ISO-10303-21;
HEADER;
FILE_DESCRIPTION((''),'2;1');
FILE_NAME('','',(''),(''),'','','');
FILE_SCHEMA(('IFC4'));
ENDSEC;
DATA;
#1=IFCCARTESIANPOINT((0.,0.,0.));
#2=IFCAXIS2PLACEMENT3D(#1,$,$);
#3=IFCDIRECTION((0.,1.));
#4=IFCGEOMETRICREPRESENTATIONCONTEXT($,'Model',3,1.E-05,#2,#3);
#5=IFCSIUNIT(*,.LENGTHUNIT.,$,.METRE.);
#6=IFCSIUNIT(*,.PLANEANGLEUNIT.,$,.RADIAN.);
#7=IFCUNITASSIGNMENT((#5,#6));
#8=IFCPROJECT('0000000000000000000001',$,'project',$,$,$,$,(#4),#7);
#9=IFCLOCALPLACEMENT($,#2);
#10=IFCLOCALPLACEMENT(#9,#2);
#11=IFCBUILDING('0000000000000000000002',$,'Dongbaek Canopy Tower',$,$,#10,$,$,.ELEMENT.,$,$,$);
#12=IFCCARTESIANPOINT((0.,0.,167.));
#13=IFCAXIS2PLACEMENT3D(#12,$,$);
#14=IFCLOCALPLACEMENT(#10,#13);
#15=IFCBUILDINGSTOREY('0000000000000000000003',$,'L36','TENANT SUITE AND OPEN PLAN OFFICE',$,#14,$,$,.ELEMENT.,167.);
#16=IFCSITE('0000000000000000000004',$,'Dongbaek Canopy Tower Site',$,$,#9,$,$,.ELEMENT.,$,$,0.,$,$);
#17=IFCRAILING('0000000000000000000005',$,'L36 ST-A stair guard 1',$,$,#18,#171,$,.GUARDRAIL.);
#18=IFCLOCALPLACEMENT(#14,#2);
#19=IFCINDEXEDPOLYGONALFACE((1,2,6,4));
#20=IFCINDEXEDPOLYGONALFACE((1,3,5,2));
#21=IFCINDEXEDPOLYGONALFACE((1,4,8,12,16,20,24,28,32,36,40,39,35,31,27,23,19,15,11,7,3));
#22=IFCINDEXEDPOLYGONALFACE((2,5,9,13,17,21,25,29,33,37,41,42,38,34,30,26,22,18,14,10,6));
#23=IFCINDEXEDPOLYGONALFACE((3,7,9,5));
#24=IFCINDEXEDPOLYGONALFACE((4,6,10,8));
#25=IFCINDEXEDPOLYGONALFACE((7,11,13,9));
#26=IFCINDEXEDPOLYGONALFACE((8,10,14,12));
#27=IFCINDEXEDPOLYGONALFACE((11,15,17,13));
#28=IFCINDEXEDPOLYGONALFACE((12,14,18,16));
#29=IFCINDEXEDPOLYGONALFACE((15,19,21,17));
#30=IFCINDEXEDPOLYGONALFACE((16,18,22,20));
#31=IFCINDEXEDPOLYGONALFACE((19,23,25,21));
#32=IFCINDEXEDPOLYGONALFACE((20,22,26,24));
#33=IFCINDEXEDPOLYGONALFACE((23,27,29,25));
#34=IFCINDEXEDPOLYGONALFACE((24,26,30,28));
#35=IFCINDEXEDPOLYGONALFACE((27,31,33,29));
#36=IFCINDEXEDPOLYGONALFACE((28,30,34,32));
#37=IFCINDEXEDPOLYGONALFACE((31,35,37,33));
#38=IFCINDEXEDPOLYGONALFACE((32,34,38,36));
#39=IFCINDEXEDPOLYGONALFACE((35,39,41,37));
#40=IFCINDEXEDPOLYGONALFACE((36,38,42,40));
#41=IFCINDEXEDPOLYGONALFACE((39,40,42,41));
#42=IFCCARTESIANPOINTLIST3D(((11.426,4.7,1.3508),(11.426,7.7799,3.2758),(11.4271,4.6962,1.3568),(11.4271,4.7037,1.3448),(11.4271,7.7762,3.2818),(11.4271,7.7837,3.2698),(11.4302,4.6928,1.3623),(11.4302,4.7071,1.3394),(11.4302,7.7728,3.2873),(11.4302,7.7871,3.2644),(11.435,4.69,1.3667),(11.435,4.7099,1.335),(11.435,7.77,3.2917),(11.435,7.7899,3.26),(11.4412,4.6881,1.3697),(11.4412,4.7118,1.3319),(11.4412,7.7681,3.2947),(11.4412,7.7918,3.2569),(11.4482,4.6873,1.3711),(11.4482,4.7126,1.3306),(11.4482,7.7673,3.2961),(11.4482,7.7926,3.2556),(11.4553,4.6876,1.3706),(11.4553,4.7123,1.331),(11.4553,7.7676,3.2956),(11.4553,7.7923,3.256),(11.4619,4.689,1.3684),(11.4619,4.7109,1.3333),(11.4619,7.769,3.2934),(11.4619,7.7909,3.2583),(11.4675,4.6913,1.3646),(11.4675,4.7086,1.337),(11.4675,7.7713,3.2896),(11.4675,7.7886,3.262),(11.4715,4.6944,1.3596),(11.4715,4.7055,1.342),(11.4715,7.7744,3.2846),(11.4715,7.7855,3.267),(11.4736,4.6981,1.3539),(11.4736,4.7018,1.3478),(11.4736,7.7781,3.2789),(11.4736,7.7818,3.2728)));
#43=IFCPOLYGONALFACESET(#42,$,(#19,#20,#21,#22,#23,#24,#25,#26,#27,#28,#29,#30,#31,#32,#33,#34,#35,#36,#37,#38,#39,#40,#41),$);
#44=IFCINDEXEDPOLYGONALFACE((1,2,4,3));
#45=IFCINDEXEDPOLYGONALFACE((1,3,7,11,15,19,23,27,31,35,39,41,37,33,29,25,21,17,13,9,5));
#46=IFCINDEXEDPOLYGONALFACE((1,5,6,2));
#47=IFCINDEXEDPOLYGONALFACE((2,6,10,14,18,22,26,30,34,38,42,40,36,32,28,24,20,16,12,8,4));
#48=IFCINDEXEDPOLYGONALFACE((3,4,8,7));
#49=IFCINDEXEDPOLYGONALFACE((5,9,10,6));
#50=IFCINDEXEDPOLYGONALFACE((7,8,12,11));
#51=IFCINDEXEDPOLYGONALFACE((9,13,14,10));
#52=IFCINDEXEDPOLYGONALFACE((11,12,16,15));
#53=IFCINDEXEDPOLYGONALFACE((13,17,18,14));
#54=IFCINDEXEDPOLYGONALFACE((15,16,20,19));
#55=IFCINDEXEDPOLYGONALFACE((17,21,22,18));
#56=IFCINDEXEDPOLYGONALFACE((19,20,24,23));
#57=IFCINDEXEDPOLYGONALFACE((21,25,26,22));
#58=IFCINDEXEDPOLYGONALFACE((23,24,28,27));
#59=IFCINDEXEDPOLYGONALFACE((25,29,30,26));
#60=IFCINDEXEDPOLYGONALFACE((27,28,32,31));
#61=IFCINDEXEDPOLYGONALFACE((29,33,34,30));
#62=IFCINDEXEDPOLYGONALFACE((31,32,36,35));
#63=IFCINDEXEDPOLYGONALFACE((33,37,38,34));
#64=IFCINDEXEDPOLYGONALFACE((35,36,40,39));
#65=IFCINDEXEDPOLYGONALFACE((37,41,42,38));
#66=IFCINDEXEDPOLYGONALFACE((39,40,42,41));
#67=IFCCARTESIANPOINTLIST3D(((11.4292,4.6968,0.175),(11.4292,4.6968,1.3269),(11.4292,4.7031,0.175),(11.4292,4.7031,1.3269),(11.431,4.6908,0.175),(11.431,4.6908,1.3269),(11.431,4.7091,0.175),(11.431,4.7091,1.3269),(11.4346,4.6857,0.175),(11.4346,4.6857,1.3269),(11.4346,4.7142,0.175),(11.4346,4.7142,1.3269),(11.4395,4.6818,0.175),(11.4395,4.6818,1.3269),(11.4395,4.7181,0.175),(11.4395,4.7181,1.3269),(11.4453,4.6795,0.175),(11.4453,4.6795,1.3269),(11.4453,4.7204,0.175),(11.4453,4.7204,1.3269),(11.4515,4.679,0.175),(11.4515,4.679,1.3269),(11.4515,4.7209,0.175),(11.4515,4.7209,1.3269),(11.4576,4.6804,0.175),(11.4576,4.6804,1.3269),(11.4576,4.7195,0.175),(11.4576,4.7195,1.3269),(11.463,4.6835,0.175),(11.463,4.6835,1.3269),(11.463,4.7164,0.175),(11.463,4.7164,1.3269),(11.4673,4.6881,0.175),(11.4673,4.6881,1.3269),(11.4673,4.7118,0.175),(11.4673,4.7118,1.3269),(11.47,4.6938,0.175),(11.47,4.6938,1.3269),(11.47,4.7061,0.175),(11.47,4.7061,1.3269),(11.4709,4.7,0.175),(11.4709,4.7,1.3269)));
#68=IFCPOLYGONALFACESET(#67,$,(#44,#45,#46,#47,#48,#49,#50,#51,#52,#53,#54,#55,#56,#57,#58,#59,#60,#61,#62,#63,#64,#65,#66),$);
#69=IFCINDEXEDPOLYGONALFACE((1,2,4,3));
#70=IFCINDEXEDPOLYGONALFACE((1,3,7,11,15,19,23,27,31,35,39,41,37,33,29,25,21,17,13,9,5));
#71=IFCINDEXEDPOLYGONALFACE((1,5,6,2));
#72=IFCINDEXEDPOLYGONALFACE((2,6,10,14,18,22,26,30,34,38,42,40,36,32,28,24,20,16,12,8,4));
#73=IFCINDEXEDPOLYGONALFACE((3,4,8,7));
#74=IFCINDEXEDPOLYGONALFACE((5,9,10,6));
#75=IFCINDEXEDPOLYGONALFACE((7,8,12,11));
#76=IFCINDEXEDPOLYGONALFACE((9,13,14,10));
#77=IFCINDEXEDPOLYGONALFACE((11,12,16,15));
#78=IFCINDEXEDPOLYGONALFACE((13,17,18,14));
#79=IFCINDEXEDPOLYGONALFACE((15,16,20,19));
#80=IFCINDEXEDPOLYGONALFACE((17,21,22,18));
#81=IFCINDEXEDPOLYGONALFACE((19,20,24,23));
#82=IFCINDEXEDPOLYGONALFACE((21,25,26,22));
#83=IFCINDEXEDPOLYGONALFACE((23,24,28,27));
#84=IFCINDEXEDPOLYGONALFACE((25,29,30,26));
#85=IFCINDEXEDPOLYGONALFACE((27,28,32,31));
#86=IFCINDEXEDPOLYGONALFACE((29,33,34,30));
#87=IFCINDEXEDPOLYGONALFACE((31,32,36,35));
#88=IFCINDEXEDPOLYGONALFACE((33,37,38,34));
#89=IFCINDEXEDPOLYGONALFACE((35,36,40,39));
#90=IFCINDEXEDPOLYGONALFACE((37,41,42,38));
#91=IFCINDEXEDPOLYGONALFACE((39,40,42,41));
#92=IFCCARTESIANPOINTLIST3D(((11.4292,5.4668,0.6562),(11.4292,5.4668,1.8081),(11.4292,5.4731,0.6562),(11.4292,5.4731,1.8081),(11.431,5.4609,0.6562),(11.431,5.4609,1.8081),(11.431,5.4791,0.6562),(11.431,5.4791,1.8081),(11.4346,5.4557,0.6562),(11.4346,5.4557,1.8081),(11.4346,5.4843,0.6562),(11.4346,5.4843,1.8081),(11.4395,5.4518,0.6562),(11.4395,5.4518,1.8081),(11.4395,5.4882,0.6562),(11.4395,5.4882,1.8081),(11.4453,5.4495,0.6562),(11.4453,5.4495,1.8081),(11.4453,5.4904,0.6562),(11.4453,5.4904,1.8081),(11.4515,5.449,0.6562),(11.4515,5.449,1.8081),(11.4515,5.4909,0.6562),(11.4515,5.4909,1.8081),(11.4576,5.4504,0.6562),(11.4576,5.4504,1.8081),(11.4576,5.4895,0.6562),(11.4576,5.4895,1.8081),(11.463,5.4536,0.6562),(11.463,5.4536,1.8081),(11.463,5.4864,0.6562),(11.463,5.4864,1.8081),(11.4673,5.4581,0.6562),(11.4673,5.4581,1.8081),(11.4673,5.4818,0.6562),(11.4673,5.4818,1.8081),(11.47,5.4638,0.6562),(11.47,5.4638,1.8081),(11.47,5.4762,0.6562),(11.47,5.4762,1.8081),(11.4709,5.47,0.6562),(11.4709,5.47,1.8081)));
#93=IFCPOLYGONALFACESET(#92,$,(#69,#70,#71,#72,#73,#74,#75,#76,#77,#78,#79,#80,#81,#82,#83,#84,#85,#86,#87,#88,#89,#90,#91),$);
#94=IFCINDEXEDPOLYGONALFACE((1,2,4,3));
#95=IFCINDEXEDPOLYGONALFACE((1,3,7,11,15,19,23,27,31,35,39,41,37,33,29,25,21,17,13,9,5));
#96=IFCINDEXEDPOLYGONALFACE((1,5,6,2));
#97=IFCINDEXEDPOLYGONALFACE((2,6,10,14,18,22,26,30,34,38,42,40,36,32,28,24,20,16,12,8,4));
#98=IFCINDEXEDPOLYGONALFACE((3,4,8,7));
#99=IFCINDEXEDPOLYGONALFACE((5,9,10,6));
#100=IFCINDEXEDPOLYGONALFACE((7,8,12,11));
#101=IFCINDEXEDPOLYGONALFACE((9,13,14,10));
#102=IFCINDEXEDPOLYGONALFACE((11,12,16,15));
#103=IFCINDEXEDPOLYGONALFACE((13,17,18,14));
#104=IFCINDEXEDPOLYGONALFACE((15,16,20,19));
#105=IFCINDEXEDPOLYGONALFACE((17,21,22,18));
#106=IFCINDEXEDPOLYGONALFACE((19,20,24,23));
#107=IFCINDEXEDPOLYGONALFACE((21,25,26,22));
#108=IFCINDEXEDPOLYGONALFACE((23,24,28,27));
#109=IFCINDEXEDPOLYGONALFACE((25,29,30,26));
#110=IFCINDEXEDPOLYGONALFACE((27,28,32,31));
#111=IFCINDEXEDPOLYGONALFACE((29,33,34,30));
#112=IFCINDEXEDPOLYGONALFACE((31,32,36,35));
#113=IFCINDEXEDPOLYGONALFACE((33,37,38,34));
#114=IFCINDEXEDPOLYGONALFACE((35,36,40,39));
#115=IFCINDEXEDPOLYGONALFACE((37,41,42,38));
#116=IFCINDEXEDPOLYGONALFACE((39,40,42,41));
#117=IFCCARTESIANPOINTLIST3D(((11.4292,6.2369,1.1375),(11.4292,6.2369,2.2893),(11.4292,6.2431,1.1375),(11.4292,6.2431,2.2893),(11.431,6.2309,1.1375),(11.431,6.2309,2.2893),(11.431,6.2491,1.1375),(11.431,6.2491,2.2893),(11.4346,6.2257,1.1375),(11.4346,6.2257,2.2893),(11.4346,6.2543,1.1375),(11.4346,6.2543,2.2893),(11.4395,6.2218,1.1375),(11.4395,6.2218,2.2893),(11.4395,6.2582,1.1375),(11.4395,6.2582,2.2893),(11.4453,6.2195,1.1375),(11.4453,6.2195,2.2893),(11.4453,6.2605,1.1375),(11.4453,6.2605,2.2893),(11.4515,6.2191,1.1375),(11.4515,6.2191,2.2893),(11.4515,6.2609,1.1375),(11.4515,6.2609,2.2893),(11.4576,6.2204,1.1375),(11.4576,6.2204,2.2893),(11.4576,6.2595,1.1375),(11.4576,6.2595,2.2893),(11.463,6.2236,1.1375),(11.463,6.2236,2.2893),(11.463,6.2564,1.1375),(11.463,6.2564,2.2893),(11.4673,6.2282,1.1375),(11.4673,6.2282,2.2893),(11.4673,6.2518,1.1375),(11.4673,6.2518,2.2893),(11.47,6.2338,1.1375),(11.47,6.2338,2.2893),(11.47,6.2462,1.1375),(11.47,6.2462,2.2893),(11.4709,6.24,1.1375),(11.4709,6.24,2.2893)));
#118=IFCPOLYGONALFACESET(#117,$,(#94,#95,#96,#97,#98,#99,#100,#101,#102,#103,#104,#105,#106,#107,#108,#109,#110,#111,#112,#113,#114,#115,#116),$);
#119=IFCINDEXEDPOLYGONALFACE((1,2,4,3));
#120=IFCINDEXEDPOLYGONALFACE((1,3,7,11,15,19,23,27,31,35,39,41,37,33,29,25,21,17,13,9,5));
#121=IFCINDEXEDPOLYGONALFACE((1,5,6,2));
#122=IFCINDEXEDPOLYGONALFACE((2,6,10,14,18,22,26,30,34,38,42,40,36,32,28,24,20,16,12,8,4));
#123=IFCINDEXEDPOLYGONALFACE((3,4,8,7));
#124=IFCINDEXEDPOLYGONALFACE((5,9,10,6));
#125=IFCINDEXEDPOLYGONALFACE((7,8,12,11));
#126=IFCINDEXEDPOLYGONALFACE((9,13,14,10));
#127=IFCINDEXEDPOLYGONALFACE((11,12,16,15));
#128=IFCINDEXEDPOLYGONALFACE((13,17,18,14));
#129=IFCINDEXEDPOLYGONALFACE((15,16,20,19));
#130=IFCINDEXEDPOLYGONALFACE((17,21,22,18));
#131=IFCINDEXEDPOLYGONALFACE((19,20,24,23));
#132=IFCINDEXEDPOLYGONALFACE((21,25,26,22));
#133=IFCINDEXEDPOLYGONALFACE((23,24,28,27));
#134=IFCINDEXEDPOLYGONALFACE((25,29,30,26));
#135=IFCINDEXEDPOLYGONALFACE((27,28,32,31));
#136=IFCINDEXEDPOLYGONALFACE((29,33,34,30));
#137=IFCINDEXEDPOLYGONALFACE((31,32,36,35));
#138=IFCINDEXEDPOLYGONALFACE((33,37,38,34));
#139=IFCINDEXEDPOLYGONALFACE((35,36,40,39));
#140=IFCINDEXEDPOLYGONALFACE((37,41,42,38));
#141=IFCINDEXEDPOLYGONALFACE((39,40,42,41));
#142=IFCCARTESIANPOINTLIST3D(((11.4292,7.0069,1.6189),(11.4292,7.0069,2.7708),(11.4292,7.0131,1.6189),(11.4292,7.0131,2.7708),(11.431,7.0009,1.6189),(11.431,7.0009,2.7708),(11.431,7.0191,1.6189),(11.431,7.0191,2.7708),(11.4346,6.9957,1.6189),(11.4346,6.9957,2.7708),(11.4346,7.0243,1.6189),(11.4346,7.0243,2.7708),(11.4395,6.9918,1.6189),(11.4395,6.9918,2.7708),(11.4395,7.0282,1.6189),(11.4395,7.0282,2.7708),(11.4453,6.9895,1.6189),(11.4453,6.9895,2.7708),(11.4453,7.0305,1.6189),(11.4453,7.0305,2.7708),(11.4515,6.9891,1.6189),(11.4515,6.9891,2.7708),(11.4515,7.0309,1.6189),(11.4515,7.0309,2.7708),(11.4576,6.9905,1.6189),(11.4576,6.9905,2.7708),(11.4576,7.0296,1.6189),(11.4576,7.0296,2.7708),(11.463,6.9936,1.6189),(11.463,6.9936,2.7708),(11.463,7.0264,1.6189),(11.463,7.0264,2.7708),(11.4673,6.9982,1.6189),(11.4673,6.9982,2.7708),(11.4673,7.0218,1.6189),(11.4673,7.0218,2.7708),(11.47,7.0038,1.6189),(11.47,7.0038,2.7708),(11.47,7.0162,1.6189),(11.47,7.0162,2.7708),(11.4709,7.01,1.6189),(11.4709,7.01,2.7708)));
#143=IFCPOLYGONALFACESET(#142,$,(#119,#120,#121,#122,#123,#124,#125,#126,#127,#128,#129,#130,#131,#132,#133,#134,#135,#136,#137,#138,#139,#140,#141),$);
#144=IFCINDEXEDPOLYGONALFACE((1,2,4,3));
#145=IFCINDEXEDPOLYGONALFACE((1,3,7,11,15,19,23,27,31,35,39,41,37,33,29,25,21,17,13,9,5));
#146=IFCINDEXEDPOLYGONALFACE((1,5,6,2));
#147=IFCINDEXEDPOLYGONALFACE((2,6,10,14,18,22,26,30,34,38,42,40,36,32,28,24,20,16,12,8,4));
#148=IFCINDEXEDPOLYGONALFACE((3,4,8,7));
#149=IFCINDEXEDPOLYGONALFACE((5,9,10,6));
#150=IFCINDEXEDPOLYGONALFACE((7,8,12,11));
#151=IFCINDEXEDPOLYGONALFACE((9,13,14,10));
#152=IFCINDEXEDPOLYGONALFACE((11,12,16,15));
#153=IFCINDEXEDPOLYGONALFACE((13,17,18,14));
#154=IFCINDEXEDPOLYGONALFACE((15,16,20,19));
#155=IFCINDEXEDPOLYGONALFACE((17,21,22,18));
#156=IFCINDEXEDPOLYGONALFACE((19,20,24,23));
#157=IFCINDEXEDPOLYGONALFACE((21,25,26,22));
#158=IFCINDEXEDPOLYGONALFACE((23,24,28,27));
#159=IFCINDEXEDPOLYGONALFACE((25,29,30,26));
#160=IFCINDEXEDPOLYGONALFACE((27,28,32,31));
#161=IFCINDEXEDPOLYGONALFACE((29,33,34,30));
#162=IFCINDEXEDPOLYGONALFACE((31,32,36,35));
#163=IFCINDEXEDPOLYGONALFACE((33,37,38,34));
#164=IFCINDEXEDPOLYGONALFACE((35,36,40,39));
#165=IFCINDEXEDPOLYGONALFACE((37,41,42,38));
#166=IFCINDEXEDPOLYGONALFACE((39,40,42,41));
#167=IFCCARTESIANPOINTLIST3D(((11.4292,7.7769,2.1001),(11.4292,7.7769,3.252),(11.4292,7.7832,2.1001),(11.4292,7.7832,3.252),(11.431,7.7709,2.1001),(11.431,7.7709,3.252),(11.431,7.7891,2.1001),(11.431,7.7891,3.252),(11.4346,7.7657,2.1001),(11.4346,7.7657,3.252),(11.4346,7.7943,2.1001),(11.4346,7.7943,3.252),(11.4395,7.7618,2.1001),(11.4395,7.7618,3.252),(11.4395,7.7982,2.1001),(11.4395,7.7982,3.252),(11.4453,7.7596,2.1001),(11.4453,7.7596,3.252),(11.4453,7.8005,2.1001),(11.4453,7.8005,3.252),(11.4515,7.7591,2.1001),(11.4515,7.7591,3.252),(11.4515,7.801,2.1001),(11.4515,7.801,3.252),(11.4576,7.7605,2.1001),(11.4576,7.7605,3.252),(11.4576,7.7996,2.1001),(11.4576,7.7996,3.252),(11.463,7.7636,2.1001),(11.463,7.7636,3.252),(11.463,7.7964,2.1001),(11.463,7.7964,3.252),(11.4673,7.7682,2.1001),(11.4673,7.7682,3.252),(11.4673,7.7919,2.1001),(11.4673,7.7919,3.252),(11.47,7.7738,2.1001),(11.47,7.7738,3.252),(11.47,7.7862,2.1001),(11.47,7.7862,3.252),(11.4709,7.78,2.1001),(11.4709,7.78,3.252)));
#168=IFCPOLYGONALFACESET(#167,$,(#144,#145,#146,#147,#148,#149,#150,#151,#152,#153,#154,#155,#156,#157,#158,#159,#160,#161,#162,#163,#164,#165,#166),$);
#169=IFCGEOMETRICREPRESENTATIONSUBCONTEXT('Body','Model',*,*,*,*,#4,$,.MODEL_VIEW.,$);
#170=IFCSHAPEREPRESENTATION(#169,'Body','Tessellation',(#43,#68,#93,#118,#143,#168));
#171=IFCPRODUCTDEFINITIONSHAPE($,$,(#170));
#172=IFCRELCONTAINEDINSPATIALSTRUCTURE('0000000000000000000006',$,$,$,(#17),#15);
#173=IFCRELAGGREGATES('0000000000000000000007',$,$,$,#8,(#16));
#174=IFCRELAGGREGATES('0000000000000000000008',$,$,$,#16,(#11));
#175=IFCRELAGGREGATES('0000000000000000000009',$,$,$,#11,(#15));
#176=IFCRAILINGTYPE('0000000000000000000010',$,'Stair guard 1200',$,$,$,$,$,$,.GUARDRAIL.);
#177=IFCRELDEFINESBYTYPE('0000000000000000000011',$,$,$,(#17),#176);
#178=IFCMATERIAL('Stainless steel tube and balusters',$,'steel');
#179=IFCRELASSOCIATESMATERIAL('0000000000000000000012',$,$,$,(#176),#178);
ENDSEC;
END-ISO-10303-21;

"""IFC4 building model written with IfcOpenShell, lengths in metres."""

from ifc_helpers import new_model, si_unit, direction, frame, origin, origin_2d, place, context, subcontext, project, spatial, circle, extrude, material, type_object, element, save


model = new_model("IFC4")

# Units and contexts
model_context = context("Model", 3, precision=1e-05, world=origin(), true_north=direction((0.0, 1.0)))
body_context = subcontext(model_context, "Body", "Model", "MODEL_VIEW")
ifc_project = project(units=[si_unit("LENGTHUNIT", "METRE"), si_unit("PLANEANGLEUNIT", "RADIAN")], contexts=[model_context])

# Site, building, storey
site_placement = place(None, origin())
site = spatial("IfcSite", under=ifc_project, at=site_placement, Name="Dongbaek Canopy Tower Site", CompositionType="ELEMENT", RefElevation=0.0)
building_placement = place(site_placement, origin())
building = spatial("IfcBuilding", under=site, at=building_placement, Name="Dongbaek Canopy Tower", CompositionType="ELEMENT")
storey_placement = place(building_placement, frame((0.0, 0.0, 167.0)))
storey = spatial("IfcBuildingStorey", under=building, at=storey_placement, Name="L36", Description="TENANT SUITE AND OPEN PLAN OFFICE", CompositionType="ELEMENT", Elevation=167.0)

# Railing
ifc_material_1 = material(Name="Stainless steel tube and balusters", Category="steel")
railing_type_1 = type_object("IfcRailingType", Name="Stair guard 1200", PredefinedType="GUARDRAIL", material=ifc_material_1)
railing_1_placement = place(storey_placement, frame((11.45, 4.7, 0.175)))
element("IfcRailing", 1, at=railing_1_placement, inside=storey, type_object=railing_type_1, Name="L36 ST-A stair guard 1", PredefinedType="GUARDRAIL", context=body_context, shape_type="SweptSolid", body=[
    extrude(circle(Radius=0.0239, at=origin_2d()), frame((0.0, 0.0, 1.1758), z_axis=(0.0, 0.847998, 0.529999), x_axis=(-1.0, 0.0, 0.0)), (0.0, 0.0, 1.0), 3.6321),
    extrude(circle(Radius=0.021, at=origin_2d()), origin(), (0.0, 0.0, 1.0), 1.1519),
    extrude(circle(Radius=0.021, at=origin_2d()), frame((0.0, 0.77, 0.4812)), (0.0, 0.0, 1.0), 1.1519),
    extrude(circle(Radius=0.021, at=origin_2d()), frame((0.0, 1.54, 0.9624)), (0.0, 0.0, 1.0), 1.1519),
    extrude(circle(Radius=0.021, at=origin_2d()), frame((0.0, 2.3101, 1.4438)), (0.0, 0.0, 1.0), 1.1519),
    extrude(circle(Radius=0.021, at=origin_2d()), frame((0.0, 3.0801, 1.925)), (0.0, 0.0, 1.0), 1.1519),
])

save(model, "model.ifc")
